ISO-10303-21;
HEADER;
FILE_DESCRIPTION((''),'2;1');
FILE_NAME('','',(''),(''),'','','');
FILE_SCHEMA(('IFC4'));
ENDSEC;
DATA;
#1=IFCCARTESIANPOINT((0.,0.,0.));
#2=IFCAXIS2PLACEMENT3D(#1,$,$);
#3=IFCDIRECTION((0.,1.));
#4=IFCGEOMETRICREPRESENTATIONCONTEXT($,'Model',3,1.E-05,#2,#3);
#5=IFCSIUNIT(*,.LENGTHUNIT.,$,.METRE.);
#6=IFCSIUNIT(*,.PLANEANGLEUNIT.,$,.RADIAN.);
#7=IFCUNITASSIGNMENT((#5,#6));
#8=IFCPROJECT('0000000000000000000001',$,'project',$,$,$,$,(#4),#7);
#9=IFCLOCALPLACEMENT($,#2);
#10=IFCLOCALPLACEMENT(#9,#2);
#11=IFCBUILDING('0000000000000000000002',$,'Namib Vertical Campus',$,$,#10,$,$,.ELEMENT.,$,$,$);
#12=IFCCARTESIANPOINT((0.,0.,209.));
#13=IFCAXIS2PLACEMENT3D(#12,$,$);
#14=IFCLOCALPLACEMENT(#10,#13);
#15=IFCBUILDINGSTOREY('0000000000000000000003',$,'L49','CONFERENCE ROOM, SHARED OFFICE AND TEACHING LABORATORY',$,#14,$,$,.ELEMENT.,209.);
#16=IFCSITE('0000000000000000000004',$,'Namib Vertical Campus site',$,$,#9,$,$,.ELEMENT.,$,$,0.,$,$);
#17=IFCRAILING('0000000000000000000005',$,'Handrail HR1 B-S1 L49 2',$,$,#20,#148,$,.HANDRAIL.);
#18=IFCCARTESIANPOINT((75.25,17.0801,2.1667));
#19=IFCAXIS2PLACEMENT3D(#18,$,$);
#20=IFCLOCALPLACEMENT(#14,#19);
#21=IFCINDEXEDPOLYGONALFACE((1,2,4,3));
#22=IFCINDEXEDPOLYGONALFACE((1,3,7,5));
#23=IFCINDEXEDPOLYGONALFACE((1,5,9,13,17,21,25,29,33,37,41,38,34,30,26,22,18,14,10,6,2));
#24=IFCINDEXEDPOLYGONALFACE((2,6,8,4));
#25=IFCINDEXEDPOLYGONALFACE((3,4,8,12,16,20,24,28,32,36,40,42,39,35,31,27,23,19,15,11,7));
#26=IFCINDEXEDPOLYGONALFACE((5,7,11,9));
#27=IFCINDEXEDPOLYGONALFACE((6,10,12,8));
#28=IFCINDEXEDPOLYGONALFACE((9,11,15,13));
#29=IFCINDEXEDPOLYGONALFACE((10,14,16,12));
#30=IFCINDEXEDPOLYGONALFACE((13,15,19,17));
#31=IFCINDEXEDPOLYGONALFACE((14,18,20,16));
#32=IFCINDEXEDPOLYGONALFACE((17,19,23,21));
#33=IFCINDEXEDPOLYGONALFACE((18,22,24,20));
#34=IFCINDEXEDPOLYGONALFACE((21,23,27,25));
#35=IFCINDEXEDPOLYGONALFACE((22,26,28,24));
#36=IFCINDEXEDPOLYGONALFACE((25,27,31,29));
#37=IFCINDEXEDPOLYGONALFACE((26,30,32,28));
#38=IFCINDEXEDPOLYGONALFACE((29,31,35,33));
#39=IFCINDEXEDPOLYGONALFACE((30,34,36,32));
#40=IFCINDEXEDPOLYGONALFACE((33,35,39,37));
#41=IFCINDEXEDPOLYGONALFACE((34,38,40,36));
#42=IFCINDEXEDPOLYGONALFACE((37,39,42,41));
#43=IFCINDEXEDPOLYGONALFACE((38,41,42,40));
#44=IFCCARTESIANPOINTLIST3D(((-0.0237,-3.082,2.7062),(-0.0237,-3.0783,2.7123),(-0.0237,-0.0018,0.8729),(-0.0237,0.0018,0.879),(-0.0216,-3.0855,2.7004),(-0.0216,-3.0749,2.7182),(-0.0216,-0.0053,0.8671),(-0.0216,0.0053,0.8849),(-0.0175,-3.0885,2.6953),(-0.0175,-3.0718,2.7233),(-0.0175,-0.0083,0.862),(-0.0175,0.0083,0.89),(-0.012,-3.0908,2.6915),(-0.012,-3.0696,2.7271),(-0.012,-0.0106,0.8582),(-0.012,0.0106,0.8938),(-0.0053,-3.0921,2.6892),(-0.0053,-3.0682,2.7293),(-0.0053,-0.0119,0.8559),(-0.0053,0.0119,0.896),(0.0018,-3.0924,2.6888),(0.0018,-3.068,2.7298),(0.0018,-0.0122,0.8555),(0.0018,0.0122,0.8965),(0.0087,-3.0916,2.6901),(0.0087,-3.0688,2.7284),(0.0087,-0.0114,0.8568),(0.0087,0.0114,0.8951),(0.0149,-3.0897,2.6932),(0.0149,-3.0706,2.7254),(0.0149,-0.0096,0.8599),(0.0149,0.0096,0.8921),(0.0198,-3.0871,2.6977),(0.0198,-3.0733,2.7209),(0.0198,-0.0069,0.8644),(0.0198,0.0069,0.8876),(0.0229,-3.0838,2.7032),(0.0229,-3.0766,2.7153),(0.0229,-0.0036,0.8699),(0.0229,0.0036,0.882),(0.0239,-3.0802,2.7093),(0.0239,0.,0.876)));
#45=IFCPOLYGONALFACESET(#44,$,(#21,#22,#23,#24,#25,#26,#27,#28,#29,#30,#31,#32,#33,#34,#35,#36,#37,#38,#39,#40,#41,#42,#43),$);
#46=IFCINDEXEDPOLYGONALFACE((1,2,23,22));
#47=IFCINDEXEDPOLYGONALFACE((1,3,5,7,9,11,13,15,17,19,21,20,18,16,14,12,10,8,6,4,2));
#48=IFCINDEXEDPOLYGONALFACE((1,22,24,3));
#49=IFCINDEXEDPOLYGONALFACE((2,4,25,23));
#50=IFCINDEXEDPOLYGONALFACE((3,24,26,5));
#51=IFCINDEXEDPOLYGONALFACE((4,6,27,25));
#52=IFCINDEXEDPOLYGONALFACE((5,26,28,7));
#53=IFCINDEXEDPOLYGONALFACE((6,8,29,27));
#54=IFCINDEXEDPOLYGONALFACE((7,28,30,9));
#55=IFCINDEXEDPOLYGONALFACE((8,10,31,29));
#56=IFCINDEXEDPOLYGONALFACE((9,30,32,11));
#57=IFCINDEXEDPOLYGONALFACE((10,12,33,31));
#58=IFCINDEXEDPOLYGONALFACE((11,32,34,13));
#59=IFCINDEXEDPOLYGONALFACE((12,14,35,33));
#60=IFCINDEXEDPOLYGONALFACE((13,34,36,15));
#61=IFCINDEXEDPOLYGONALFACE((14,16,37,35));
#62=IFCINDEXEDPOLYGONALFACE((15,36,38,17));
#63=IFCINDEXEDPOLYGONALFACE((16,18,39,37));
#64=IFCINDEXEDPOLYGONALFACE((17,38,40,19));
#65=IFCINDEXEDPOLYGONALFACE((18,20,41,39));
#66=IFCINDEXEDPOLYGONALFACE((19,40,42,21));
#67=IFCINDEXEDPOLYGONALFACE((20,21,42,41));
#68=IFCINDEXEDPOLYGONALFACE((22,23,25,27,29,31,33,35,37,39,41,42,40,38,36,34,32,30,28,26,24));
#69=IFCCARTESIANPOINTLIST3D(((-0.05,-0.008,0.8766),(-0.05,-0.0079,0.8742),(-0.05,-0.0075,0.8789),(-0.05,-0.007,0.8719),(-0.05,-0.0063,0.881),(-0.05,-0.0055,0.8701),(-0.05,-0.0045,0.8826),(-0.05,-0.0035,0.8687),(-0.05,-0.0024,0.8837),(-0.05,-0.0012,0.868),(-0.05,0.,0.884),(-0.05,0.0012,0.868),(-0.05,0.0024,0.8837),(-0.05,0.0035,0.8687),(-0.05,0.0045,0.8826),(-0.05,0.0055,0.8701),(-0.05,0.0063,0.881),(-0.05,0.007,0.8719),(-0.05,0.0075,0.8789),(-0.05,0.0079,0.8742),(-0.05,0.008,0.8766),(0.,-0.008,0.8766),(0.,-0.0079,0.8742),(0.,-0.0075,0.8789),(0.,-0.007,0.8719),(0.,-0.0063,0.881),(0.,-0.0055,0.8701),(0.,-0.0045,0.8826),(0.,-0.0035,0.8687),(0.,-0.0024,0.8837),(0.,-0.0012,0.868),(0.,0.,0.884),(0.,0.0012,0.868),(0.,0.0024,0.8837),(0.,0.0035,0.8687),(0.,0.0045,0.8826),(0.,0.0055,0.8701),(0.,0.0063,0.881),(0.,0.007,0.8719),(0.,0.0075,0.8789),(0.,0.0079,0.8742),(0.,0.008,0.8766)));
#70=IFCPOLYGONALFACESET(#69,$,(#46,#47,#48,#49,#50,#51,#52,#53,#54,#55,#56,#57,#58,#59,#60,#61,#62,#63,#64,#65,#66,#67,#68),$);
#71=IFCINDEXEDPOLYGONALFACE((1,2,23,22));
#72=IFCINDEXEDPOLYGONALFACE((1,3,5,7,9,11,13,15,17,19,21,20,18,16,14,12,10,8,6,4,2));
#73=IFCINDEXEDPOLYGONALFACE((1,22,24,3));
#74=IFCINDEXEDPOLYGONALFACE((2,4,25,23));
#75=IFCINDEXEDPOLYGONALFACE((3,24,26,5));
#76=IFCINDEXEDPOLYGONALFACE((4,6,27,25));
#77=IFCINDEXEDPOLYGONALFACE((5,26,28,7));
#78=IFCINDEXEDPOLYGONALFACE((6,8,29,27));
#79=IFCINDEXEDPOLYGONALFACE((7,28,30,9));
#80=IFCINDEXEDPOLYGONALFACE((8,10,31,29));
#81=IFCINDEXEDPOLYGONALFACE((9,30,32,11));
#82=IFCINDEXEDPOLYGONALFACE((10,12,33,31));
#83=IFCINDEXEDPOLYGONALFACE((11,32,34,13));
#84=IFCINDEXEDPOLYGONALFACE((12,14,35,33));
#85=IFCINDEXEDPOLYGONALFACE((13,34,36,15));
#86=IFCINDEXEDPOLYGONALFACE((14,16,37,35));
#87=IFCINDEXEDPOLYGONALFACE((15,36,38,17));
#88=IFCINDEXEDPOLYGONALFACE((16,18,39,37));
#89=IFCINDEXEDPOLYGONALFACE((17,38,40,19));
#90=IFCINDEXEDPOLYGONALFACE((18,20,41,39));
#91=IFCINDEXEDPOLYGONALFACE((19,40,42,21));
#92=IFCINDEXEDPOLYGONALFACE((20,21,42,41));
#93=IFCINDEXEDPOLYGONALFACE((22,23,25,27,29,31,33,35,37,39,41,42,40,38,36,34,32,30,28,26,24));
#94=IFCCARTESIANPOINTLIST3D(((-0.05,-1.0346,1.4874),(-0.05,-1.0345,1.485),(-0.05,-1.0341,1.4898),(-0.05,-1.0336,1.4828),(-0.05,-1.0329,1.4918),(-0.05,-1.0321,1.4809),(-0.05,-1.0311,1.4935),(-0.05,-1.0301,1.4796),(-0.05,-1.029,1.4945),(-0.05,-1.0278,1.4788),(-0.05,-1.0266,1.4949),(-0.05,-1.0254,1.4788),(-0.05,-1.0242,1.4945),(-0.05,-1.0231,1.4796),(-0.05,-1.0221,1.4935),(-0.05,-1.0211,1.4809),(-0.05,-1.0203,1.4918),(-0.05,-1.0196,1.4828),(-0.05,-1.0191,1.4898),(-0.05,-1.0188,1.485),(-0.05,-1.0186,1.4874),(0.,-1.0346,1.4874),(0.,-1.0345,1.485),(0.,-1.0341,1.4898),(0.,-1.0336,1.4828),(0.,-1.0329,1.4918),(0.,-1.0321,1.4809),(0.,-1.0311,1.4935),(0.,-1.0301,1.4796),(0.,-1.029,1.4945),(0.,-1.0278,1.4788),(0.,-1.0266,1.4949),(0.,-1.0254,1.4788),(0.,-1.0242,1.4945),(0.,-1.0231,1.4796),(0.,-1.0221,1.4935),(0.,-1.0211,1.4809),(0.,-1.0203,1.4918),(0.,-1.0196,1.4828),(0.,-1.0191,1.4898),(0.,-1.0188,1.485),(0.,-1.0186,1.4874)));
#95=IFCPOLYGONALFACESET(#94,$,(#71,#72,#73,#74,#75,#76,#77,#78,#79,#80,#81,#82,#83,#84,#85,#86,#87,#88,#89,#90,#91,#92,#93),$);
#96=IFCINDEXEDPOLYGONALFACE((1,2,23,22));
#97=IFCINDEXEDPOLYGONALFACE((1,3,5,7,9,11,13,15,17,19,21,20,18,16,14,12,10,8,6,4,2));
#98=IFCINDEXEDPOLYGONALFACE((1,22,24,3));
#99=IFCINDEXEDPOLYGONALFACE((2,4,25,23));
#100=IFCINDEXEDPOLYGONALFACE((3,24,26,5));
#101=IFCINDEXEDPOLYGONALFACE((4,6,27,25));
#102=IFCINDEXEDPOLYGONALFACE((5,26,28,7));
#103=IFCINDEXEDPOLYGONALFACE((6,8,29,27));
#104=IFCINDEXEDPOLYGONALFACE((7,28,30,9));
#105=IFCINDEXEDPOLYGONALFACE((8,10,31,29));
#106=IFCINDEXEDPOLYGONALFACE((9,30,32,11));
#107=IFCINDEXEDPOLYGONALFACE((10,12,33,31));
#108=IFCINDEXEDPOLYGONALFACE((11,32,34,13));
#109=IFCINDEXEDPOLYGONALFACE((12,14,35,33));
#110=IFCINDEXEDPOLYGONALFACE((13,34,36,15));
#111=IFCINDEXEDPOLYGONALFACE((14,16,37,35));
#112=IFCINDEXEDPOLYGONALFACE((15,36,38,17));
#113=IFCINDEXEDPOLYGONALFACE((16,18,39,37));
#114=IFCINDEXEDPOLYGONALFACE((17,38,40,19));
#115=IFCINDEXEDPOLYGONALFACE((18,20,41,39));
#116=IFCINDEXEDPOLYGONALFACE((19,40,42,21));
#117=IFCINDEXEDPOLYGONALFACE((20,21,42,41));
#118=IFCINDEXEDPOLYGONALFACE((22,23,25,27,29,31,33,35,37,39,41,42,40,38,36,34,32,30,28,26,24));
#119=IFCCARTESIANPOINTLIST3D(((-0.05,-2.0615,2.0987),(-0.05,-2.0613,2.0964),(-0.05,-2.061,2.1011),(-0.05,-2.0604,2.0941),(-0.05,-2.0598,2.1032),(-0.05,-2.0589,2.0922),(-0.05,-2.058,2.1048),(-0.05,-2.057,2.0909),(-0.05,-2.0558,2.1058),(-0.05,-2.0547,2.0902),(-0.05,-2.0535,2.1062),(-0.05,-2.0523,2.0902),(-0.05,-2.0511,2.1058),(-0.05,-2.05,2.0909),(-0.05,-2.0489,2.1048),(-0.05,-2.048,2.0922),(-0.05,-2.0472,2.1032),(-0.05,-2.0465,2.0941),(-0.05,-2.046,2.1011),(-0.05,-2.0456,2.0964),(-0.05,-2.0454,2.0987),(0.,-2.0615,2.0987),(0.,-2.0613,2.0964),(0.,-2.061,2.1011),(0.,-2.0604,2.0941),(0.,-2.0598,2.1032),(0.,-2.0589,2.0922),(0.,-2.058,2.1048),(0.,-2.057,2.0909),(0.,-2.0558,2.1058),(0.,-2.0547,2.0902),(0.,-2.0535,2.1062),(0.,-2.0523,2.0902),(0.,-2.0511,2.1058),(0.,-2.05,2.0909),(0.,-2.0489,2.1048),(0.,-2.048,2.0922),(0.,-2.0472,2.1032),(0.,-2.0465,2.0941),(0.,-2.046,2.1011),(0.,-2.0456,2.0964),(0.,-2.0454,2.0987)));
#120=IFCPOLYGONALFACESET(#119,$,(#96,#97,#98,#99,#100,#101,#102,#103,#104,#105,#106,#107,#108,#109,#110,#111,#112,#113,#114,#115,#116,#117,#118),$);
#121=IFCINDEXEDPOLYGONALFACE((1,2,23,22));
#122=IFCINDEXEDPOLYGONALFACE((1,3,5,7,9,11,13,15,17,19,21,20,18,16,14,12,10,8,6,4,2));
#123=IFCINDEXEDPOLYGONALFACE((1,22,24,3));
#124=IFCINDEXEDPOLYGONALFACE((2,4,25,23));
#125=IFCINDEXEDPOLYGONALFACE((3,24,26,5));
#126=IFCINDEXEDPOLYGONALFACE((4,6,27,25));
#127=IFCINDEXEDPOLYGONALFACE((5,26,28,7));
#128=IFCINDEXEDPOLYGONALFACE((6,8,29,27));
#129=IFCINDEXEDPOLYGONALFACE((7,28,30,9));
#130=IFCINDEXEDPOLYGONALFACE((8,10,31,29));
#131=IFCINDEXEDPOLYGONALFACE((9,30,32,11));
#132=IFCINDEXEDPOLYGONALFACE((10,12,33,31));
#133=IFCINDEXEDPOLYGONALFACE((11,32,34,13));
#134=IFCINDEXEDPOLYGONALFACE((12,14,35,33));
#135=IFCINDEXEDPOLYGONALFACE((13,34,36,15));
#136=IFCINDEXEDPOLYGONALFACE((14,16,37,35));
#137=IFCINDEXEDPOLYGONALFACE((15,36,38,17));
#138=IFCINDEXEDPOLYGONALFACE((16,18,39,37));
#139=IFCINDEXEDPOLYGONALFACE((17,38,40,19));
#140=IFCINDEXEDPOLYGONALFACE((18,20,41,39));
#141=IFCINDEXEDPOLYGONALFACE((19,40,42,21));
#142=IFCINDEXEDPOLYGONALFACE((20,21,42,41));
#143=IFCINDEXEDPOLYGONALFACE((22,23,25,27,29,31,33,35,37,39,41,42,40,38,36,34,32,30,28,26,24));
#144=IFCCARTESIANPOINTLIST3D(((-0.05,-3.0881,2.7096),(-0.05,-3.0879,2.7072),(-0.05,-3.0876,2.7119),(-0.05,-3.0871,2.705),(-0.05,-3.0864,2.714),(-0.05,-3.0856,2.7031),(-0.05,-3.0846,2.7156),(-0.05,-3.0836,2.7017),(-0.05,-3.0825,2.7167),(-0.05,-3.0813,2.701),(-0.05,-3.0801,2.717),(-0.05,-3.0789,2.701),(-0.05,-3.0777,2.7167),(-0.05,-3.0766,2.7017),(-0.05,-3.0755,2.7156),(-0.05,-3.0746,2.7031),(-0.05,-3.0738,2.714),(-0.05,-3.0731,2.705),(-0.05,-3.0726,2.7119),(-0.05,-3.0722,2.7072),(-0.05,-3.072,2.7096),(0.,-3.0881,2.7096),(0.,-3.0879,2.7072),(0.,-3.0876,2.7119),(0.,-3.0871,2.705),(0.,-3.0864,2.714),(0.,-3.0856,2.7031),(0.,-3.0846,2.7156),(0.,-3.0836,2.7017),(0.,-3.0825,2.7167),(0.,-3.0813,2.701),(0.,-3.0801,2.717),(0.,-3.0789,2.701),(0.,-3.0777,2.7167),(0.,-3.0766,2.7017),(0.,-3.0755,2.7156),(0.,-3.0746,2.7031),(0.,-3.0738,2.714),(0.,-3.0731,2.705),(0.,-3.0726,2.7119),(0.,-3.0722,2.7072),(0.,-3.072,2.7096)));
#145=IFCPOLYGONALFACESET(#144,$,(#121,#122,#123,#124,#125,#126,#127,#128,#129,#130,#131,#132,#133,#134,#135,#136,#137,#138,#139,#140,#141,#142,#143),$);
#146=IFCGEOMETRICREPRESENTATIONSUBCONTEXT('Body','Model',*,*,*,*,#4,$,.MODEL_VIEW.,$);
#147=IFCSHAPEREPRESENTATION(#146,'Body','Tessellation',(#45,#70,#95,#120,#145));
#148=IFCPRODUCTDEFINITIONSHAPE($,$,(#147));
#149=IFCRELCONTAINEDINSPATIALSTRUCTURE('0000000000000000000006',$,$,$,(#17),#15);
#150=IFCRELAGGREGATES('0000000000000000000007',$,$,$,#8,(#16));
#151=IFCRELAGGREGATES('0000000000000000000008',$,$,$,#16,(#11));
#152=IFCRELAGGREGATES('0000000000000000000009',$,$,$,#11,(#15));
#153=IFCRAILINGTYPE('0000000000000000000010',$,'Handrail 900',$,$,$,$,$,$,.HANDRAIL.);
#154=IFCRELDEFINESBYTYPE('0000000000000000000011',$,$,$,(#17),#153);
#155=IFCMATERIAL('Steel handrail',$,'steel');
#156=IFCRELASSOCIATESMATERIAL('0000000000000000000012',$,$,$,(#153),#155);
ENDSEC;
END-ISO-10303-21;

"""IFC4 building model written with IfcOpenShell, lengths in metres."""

from ifc_helpers import new_model, si_unit, direction, frame, origin, origin_2d, place, context, subcontext, project, spatial, circle, extrude, material, type_object, element, save


model = new_model("IFC4")

# Units and contexts
model_context = context("Model", 3, precision=1e-05, world=origin(), true_north=direction((0.0, 1.0)))
body_context = subcontext(model_context, "Body", "Model", "MODEL_VIEW")
ifc_project = project(units=[si_unit("LENGTHUNIT", "METRE"), si_unit("PLANEANGLEUNIT", "RADIAN")], contexts=[model_context])

# Site, building, storey
site_placement = place(None, origin())
site = spatial("IfcSite", under=ifc_project, at=site_placement, Name="Namib Vertical Campus site", CompositionType="ELEMENT", RefElevation=0.0)
building_placement = place(site_placement, origin())
building = spatial("IfcBuilding", under=site, at=building_placement, Name="Namib Vertical Campus", CompositionType="ELEMENT")
storey_placement = place(building_placement, frame((0.0, 0.0, 209.0)))
storey = spatial("IfcBuildingStorey", under=building, at=storey_placement, Name="L49", Description="CONFERENCE ROOM, SHARED OFFICE AND TEACHING LABORATORY", CompositionType="ELEMENT", Elevation=209.0)

# Railing
ifc_material_1 = material(Name="Steel handrail", Category="steel")
railing_type_1 = type_object("IfcRailingType", Name="Handrail 900", PredefinedType="HANDRAIL", material=ifc_material_1)
railing_1_placement = place(storey_placement, frame((75.25, 17.0801, 2.1667)))
element("IfcRailing", 1, at=railing_1_placement, inside=storey, type_object=railing_type_1, Name="Handrail HR1 B-S1 L49 2", PredefinedType="HANDRAIL", context=body_context, shape_type="SweptSolid", body=[
    extrude(circle(Radius=0.0239, at=origin_2d()), frame((0.0, 0.0, 0.876), z_axis=(0.0, -0.859309, 0.511458), x_axis=(1.0, 0.0, 0.0)), (0.0, 0.0, 1.0), 3.5845),
    extrude(circle(Radius=0.0081, at=origin_2d()), frame((0.0, 0.0, 0.876), z_axis=(-1.0, 0.0, 0.0), x_axis=(0.0, 0.0, 1.0)), (0.0, 0.0, 1.0), 0.05),
    extrude(circle(Radius=0.0081, at=origin_2d()), frame((0.0, -1.0266, 1.4868), z_axis=(-1.0, 0.0, 0.0), x_axis=(0.0, 0.0, 1.0)), (0.0, 0.0, 1.0), 0.05),
    extrude(circle(Radius=0.0081, at=origin_2d()), frame((0.0, -2.0535, 2.0981), z_axis=(-1.0, 0.0, 0.0), x_axis=(0.0, 0.0, 1.0)), (0.0, 0.0, 1.0), 0.05),
    extrude(circle(Radius=0.0081, at=origin_2d()), frame((0.0, -3.0801, 2.709), z_axis=(-1.0, 0.0, 0.0), x_axis=(0.0, 0.0, 1.0)), (0.0, 0.0, 1.0), 0.05),
])

save(model, "model.ifc")
